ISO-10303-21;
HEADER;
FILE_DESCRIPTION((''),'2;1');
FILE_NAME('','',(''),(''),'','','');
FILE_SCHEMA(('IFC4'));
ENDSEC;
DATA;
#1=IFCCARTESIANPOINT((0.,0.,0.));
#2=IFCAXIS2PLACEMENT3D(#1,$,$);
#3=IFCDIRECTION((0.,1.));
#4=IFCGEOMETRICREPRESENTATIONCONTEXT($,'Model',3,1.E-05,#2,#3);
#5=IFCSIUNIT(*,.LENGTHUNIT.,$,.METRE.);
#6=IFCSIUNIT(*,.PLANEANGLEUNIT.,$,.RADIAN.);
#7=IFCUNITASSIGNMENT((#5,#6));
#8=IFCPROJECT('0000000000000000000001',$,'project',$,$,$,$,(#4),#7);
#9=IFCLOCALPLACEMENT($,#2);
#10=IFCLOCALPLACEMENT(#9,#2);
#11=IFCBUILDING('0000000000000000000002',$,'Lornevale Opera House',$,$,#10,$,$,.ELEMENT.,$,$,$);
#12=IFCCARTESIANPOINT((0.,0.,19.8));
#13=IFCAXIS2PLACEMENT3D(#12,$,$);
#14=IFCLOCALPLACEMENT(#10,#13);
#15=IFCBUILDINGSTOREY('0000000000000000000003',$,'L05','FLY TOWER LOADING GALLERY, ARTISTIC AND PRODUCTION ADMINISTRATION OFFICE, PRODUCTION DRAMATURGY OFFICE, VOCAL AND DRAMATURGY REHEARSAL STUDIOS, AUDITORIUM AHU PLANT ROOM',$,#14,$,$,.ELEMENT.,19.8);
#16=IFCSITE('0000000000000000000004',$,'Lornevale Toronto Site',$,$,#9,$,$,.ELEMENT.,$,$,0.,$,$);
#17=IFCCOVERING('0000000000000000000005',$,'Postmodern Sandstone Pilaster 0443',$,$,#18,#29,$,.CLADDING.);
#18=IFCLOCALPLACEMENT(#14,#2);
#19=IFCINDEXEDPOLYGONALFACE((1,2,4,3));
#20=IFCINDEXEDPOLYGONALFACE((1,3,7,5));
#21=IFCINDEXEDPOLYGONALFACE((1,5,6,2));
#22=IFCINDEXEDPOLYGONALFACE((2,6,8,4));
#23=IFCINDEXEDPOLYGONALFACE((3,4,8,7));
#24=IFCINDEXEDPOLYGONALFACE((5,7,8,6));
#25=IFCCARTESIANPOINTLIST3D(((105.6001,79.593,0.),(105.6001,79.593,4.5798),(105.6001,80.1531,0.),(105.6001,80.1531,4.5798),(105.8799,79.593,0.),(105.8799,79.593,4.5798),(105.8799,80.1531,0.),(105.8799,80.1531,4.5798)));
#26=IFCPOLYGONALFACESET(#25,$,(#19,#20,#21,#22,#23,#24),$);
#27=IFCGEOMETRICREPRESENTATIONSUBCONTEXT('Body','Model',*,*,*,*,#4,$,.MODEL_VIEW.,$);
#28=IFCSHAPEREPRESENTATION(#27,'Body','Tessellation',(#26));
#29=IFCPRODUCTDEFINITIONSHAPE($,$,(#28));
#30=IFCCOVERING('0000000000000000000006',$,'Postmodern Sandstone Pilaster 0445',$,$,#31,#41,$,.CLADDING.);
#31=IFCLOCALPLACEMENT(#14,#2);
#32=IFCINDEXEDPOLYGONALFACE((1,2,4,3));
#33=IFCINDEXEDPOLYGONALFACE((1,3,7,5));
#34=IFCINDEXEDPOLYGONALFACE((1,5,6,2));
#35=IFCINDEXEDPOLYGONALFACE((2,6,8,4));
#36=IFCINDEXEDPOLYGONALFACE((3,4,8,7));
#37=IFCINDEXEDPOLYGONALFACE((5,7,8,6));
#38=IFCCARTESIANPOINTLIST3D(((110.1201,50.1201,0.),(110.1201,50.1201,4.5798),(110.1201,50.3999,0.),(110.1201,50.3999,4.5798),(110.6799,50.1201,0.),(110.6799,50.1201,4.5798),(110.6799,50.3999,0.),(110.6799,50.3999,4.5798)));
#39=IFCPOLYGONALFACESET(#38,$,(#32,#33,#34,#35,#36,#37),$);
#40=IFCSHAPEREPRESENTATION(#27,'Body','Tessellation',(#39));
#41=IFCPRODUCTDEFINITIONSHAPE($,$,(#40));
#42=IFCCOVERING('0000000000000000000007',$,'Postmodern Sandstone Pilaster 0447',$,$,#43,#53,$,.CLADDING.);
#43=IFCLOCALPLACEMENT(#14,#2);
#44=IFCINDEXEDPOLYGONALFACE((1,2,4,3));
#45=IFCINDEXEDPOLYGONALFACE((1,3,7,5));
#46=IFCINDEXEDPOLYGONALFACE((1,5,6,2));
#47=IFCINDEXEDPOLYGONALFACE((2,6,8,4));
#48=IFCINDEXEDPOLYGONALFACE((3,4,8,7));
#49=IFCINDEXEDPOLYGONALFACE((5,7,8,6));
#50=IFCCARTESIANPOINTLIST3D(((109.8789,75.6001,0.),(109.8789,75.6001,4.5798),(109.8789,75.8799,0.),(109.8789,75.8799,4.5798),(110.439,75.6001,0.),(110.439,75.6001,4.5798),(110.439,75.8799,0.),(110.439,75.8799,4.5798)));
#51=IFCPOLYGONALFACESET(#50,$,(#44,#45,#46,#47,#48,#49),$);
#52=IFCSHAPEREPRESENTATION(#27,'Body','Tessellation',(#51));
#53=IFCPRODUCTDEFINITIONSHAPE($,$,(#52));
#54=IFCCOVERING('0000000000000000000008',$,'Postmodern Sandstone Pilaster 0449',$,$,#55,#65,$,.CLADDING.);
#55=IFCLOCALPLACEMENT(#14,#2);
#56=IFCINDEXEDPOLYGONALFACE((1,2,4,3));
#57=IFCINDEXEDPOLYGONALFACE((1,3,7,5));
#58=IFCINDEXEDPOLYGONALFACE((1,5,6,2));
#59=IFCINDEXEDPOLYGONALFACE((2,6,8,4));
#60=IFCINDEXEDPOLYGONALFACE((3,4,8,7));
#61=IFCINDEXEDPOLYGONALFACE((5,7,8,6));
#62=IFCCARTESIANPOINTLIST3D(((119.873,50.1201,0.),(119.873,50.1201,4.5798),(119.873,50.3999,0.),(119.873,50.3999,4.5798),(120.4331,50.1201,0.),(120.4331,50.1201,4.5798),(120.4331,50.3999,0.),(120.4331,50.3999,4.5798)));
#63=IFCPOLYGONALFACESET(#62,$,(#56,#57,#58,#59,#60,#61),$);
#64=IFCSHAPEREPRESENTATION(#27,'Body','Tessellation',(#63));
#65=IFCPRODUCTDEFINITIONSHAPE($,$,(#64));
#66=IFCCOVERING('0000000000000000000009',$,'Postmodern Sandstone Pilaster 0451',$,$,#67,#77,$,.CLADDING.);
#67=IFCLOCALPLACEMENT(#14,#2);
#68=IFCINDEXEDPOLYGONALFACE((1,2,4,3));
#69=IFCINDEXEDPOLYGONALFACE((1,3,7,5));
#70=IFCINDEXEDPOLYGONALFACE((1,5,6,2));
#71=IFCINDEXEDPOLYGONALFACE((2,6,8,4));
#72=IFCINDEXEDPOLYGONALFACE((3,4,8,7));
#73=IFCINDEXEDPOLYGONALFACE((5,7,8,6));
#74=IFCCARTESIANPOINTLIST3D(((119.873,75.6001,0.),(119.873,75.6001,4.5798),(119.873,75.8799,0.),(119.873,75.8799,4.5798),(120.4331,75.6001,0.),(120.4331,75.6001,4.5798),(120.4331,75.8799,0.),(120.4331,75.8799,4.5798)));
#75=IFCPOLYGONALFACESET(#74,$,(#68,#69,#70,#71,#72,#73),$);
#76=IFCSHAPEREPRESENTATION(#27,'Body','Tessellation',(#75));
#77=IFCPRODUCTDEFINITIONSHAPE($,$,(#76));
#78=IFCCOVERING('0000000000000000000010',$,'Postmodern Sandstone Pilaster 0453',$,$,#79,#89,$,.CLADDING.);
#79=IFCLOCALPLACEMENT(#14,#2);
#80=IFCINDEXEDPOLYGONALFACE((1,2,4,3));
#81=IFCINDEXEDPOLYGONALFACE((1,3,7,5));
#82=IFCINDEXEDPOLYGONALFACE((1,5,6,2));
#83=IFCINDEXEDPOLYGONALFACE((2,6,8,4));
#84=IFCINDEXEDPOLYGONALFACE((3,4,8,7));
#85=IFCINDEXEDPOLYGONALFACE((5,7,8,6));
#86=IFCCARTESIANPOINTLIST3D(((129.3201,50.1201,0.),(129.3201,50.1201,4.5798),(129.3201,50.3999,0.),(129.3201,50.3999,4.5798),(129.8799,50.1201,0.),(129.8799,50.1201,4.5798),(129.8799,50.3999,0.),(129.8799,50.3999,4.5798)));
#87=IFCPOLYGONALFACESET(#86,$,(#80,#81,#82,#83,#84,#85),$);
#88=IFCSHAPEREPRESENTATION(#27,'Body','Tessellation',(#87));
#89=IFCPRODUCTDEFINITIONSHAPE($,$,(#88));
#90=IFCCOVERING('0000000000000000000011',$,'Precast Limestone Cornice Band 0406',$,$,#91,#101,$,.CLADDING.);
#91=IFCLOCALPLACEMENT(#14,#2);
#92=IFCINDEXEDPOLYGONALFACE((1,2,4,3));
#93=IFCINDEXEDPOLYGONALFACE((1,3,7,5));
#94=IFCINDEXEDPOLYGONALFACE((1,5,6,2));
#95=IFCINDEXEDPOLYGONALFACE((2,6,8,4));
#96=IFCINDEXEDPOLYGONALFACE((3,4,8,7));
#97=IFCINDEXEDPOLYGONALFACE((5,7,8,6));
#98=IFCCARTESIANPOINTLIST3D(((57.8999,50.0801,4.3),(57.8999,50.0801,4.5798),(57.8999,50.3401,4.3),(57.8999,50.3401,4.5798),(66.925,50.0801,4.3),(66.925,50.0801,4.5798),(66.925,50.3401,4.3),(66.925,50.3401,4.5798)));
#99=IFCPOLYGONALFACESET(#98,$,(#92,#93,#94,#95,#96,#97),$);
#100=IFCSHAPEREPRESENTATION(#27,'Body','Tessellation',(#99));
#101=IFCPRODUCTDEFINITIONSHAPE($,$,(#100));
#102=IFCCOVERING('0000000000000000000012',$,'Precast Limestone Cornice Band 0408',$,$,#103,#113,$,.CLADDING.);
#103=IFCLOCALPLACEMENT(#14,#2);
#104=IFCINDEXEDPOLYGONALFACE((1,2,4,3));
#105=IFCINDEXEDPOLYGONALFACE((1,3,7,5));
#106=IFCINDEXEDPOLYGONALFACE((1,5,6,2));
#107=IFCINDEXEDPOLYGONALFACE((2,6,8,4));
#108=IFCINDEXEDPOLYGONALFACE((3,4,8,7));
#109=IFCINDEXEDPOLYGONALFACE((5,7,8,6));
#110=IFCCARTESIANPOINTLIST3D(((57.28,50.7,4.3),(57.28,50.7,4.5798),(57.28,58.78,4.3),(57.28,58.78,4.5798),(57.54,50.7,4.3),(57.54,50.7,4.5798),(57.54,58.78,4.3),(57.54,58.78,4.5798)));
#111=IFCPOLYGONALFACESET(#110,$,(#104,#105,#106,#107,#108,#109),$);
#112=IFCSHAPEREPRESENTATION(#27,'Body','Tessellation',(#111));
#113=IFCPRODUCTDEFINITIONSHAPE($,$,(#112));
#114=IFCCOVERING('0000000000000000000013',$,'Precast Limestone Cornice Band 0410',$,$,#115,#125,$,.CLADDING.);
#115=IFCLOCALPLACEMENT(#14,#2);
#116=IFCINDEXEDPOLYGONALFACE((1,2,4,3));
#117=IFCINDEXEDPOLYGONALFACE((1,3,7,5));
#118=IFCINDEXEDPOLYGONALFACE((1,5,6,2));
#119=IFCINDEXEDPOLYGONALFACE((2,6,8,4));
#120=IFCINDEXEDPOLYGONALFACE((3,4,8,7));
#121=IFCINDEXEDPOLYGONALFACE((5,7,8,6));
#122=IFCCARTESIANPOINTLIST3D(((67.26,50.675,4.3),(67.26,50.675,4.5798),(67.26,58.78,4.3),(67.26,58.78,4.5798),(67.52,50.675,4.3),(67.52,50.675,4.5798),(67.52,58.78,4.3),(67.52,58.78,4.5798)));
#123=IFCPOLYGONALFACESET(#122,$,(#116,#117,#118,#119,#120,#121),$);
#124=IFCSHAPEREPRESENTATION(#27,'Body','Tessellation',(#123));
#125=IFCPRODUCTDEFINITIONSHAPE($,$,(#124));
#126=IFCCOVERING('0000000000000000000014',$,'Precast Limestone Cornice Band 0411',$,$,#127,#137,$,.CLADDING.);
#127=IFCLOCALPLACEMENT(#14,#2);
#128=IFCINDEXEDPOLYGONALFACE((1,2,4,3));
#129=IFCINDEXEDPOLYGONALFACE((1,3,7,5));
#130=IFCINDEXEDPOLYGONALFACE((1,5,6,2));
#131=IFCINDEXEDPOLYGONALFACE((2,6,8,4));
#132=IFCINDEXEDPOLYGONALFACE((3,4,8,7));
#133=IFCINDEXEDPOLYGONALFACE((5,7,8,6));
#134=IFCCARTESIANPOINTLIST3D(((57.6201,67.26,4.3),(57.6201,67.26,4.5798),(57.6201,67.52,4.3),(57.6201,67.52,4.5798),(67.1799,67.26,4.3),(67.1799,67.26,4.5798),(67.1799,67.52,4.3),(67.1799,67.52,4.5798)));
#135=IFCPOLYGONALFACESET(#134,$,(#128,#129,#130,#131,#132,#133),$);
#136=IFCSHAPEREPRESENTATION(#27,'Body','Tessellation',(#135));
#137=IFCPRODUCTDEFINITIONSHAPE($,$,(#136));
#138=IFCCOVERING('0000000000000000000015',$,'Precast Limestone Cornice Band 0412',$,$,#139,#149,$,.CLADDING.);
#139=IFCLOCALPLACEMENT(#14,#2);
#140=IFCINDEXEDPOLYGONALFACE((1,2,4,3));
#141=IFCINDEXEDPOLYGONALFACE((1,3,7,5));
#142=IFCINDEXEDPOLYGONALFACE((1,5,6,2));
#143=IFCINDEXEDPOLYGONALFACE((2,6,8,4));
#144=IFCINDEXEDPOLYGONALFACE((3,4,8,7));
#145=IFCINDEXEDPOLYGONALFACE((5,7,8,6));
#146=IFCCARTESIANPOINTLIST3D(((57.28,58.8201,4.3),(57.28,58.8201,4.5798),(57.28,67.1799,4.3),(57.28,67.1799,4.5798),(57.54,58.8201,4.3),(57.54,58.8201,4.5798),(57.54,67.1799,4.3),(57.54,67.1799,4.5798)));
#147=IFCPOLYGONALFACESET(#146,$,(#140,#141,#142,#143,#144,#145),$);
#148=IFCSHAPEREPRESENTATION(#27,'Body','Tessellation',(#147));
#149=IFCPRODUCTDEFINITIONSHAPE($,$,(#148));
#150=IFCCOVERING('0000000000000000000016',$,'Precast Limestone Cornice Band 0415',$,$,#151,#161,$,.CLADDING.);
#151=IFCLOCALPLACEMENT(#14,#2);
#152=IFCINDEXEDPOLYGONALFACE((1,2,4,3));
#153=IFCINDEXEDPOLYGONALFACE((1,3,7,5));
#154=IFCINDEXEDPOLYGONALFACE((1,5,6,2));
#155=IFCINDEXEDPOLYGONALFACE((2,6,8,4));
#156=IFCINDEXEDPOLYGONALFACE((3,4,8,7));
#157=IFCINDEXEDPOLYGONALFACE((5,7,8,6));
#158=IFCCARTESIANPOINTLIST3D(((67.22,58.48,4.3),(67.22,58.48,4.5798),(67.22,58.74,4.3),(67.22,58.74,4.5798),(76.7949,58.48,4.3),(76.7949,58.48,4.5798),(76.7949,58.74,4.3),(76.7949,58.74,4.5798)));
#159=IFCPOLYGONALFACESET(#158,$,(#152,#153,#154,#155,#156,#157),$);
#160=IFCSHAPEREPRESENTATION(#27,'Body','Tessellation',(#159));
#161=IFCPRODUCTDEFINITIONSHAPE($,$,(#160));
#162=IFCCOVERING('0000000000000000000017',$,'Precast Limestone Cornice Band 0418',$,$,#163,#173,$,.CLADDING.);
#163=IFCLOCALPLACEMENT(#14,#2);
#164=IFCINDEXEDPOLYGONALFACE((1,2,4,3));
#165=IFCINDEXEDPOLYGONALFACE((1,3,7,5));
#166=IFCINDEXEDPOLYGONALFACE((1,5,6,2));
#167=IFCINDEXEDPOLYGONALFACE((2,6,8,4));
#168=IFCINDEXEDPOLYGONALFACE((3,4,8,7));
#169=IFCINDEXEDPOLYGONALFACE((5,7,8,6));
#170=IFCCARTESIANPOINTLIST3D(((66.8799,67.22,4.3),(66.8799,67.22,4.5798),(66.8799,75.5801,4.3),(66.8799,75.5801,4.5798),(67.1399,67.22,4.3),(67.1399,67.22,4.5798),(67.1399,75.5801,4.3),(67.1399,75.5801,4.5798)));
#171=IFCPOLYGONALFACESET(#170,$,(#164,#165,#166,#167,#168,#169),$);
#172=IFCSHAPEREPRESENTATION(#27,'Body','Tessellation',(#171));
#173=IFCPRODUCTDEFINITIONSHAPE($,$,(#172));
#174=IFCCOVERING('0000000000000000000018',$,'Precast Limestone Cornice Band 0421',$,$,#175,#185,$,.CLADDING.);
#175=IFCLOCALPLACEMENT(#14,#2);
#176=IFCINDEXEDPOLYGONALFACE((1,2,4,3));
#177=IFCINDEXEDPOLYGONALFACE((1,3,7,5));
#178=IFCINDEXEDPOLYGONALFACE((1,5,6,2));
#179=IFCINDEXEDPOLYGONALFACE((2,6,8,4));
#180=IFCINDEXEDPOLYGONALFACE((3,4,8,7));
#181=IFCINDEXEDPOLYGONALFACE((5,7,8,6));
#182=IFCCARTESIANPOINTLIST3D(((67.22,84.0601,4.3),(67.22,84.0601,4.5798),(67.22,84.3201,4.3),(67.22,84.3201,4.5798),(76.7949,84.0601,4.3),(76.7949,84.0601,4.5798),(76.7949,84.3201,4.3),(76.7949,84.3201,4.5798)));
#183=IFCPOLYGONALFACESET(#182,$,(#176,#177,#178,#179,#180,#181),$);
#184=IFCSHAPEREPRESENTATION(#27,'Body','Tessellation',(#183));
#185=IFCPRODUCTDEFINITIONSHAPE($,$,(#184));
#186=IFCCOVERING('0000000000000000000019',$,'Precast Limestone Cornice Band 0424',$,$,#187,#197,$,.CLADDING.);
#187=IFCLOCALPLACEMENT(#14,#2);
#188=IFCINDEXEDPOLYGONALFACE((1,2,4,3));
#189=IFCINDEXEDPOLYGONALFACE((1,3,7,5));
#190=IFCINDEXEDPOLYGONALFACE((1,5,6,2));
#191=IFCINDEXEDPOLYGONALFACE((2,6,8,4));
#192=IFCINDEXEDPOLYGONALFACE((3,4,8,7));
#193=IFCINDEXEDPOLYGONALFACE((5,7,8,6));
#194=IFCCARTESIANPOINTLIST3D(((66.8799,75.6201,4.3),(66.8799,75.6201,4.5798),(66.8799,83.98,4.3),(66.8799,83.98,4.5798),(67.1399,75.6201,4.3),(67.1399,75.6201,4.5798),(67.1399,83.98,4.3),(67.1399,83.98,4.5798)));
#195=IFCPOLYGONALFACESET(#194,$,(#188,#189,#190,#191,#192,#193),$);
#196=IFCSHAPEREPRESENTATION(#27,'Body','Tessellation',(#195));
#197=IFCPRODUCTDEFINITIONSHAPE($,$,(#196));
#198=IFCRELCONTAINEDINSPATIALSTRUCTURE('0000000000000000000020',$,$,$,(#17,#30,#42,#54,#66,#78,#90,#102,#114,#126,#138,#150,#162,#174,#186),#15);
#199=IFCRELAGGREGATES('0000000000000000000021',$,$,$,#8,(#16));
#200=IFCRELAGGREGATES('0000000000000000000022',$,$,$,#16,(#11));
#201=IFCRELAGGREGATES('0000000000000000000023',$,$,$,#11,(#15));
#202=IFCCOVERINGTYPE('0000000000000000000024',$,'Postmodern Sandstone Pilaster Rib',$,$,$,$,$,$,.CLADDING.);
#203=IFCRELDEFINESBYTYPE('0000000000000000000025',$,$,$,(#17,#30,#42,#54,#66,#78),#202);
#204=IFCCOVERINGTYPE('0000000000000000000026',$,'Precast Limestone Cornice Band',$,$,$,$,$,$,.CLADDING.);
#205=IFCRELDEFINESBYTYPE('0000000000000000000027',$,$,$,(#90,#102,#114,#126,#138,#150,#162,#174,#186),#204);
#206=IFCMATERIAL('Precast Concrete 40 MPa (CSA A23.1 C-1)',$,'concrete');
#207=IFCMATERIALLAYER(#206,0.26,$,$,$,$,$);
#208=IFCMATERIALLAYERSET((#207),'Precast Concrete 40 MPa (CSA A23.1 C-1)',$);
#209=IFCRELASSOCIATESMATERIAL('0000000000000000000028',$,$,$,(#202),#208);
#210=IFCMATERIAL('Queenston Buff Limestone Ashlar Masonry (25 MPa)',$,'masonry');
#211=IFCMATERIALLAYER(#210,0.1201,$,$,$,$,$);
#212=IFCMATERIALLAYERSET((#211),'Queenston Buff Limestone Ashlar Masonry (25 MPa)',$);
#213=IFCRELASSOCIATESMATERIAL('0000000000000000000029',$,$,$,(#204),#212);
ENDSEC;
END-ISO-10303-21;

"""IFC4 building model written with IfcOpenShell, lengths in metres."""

from ifc_helpers import new_model, si_unit, direction, frame, origin, place, context, subcontext, project, spatial, polyline, outline, extrude, material, layer, layer_set, type_object, element, save


model = new_model("IFC4")

# Units and contexts
model_context = context("Model", 3, precision=1e-05, world=origin(), true_north=direction((0.0, 1.0)))
body_context = subcontext(model_context, "Body", "Model", "MODEL_VIEW")
ifc_project = project(units=[si_unit("LENGTHUNIT", "METRE"), si_unit("PLANEANGLEUNIT", "RADIAN")], contexts=[model_context])

# Site, building, storey
site_placement = place(None, origin())
site = spatial("IfcSite", under=ifc_project, at=site_placement, Name="Lornevale Toronto Site", CompositionType="ELEMENT", RefElevation=0.0)
building_placement = place(site_placement, origin())
building = spatial("IfcBuilding", under=site, at=building_placement, Name="Lornevale Opera House", CompositionType="ELEMENT")
storey_placement = place(building_placement, frame((0.0, 0.0, 19.8)))
storey = spatial("IfcBuildingStorey", under=building, at=storey_placement, Name="L05", Description="FLY TOWER LOADING GALLERY, ARTISTIC AND PRODUCTION ADMINISTRATION OFFICE, PRODUCTION DRAMATURGY OFFICE, VOCAL AND DRAMATURGY REHEARSAL STUDIOS, AUDITORIUM AHU PLANT ROOM", CompositionType="ELEMENT", Elevation=19.8)

# Coverings
ifc_material_1 = material(Name="Precast Concrete 40 MPa (CSA A23.1 C-1)", Category="concrete")
ifc_layer_1 = layer(ifc_material_1, 0.26)
ifc_layer_set_1 = layer_set([ifc_layer_1], Name="Precast Concrete 40 MPa (CSA A23.1 C-1)")
covering_type_1 = type_object("IfcCoveringType", Name="Postmodern Sandstone Pilaster Rib", PredefinedType="CLADDING", material=ifc_layer_set_1)
covering_1_placement = place(storey_placement, origin())
element("IfcCovering", 1, at=covering_1_placement, inside=storey, type_object=covering_type_1, Name="Postmodern Sandstone Pilaster 0443", PredefinedType="CLADDING", context=body_context, shape_type="SweptSolid", body=[
    extrude(outline(polyline([(105.6001, 80.1531), (105.6001, 79.593), (105.8799, 79.593), (105.8799, 80.1531), (105.6001, 80.1531)])), origin(), (0.0, 0.0, 1.0), 4.5798),
])
covering_2_placement = place(storey_placement, origin())
element("IfcCovering", 2, at=covering_2_placement, inside=storey, type_object=covering_type_1, Name="Postmodern Sandstone Pilaster 0445", PredefinedType="CLADDING", context=body_context, shape_type="SweptSolid", body=[
    extrude(outline(polyline([(110.6799, 50.3999), (110.1201, 50.3999), (110.1201, 50.1201), (110.6799, 50.1201), (110.6799, 50.3999)])), origin(), (0.0, 0.0, 1.0), 4.5798),
])
covering_3_placement = place(storey_placement, origin())
element("IfcCovering", 3, at=covering_3_placement, inside=storey, type_object=covering_type_1, Name="Postmodern Sandstone Pilaster 0447", PredefinedType="CLADDING", context=body_context, shape_type="SweptSolid", body=[
    extrude(outline(polyline([(109.8789, 75.6001), (110.439, 75.6001), (110.439, 75.8799), (109.8789, 75.8799), (109.8789, 75.6001)])), origin(), (0.0, 0.0, 1.0), 4.5798),
])
covering_4_placement = place(storey_placement, origin())
element("IfcCovering", 4, at=covering_4_placement, inside=storey, type_object=covering_type_1, Name="Postmodern Sandstone Pilaster 0449", PredefinedType="CLADDING", context=body_context, shape_type="SweptSolid", body=[
    extrude(outline(polyline([(120.4331, 50.3999), (119.873, 50.3999), (119.873, 50.1201), (120.4331, 50.1201), (120.4331, 50.3999)])), origin(), (0.0, 0.0, 1.0), 4.5798),
])
covering_5_placement = place(storey_placement, origin())
element("IfcCovering", 5, at=covering_5_placement, inside=storey, type_object=covering_type_1, Name="Postmodern Sandstone Pilaster 0451", PredefinedType="CLADDING", context=body_context, shape_type="SweptSolid", body=[
    extrude(outline(polyline([(119.873, 75.6001), (120.4331, 75.6001), (120.4331, 75.8799), (119.873, 75.8799), (119.873, 75.6001)])), origin(), (0.0, 0.0, 1.0), 4.5798),
])
covering_6_placement = place(storey_placement, origin())
element("IfcCovering", 6, at=covering_6_placement, inside=storey, type_object=covering_type_1, Name="Postmodern Sandstone Pilaster 0453", PredefinedType="CLADDING", context=body_context, shape_type="SweptSolid", body=[
    extrude(outline(polyline([(129.8799, 50.3999), (129.3201, 50.3999), (129.3201, 50.1201), (129.8799, 50.1201), (129.8799, 50.3999)])), origin(), (0.0, 0.0, 1.0), 4.5798),
])
ifc_material_2 = material(Name="Queenston Buff Limestone Ashlar Masonry (25 MPa)", Category="masonry")
ifc_layer_2 = layer(ifc_material_2, 0.1201)
ifc_layer_set_2 = layer_set([ifc_layer_2], Name="Queenston Buff Limestone Ashlar Masonry (25 MPa)")
covering_type_2 = type_object("IfcCoveringType", Name="Precast Limestone Cornice Band", PredefinedType="CLADDING", material=ifc_layer_set_2)
covering_7_placement = place(storey_placement, frame((0.0, 0.0, 4.3)))
element("IfcCovering", 7, at=covering_7_placement, inside=storey, type_object=covering_type_2, Name="Precast Limestone Cornice Band 0406", PredefinedType="CLADDING", context=body_context, shape_type="SweptSolid", body=[
    extrude(outline(polyline([(66.925, 50.3401), (57.8999, 50.3401), (57.8999, 50.0801), (66.925, 50.0801), (66.925, 50.3401)])), origin(), (0.0, 0.0, 1.0), 0.2798),
])
covering_8_placement = place(storey_placement, frame((0.0, 0.0, 4.3)))
element("IfcCovering", 8, at=covering_8_placement, inside=storey, type_object=covering_type_2, Name="Precast Limestone Cornice Band 0408", PredefinedType="CLADDING", context=body_context, shape_type="SweptSolid", body=[
    extrude(outline(polyline([(57.54, 50.7), (57.54, 58.78), (57.28, 58.78), (57.28, 50.7), (57.54, 50.7)])), origin(), (0.0, 0.0, 1.0), 0.2798),
])
covering_9_placement = place(storey_placement, frame((0.0, 0.0, 4.3)))
element("IfcCovering", 9, at=covering_9_placement, inside=storey, type_object=covering_type_2, Name="Precast Limestone Cornice Band 0410", PredefinedType="CLADDING", context=body_context, shape_type="SweptSolid", body=[
    extrude(outline(polyline([(67.26, 58.78), (67.26, 50.675), (67.52, 50.675), (67.52, 58.78), (67.26, 58.78)])), origin(), (0.0, 0.0, 1.0), 0.2798),
])
covering_10_placement = place(storey_placement, frame((0.0, 0.0, 4.3)))
element("IfcCovering", 10, at=covering_10_placement, inside=storey, type_object=covering_type_2, Name="Precast Limestone Cornice Band 0411", PredefinedType="CLADDING", context=body_context, shape_type="SweptSolid", body=[
    extrude(outline(polyline([(57.6201, 67.26), (67.1799, 67.26), (67.1799, 67.52), (57.6201, 67.52), (57.6201, 67.26)])), origin(), (0.0, 0.0, 1.0), 0.2798),
])
covering_11_placement = place(storey_placement, frame((0.0, 0.0, 4.3)))
element("IfcCovering", 11, at=covering_11_placement, inside=storey, type_object=covering_type_2, Name="Precast Limestone Cornice Band 0412", PredefinedType="CLADDING", context=body_context, shape_type="SweptSolid", body=[
    extrude(outline(polyline([(57.54, 58.8201), (57.54, 67.1799), (57.28, 67.1799), (57.28, 58.8201), (57.54, 58.8201)])), origin(), (0.0, 0.0, 1.0), 0.2798),
])
covering_12_placement = place(storey_placement, frame((0.0, 0.0, 4.3)))
element("IfcCovering", 12, at=covering_12_placement, inside=storey, type_object=covering_type_2, Name="Precast Limestone Cornice Band 0415", PredefinedType="CLADDING", context=body_context, shape_type="SweptSolid", body=[
    extrude(outline(polyline([(76.7949, 58.74), (67.22, 58.74), (67.22, 58.48), (76.7949, 58.48), (76.7949, 58.74)])), origin(), (0.0, 0.0, 1.0), 0.2798),
])
covering_13_placement = place(storey_placement, frame((0.0, 0.0, 4.3)))
element("IfcCovering", 13, at=covering_13_placement, inside=storey, type_object=covering_type_2, Name="Precast Limestone Cornice Band 0418", PredefinedType="CLADDING", context=body_context, shape_type="SweptSolid", body=[
    extrude(outline(polyline([(67.1399, 67.22), (67.1399, 75.5801), (66.8799, 75.5801), (66.8799, 67.22), (67.1399, 67.22)])), origin(), (0.0, 0.0, 1.0), 0.2798),
])
covering_14_placement = place(storey_placement, frame((0.0, 0.0, 4.3)))
element("IfcCovering", 14, at=covering_14_placement, inside=storey, type_object=covering_type_2, Name="Precast Limestone Cornice Band 0421", PredefinedType="CLADDING", context=body_context, shape_type="SweptSolid", body=[
    extrude(outline(polyline([(67.22, 84.0601), (76.7949, 84.0601), (76.7949, 84.3201), (67.22, 84.3201), (67.22, 84.0601)])), origin(), (0.0, 0.0, 1.0), 0.2798),
])
covering_15_placement = place(storey_placement, frame((0.0, 0.0, 4.3)))
element("IfcCovering", 15, at=covering_15_placement, inside=storey, type_object=covering_type_2, Name="Precast Limestone Cornice Band 0424", PredefinedType="CLADDING", context=body_context, shape_type="SweptSolid", body=[
    extrude(outline(polyline([(67.1399, 75.6201), (67.1399, 83.98), (66.8799, 83.98), (66.8799, 75.6201), (67.1399, 75.6201)])), origin(), (0.0, 0.0, 1.0), 0.2798),
])

save(model, "model.ifc")
